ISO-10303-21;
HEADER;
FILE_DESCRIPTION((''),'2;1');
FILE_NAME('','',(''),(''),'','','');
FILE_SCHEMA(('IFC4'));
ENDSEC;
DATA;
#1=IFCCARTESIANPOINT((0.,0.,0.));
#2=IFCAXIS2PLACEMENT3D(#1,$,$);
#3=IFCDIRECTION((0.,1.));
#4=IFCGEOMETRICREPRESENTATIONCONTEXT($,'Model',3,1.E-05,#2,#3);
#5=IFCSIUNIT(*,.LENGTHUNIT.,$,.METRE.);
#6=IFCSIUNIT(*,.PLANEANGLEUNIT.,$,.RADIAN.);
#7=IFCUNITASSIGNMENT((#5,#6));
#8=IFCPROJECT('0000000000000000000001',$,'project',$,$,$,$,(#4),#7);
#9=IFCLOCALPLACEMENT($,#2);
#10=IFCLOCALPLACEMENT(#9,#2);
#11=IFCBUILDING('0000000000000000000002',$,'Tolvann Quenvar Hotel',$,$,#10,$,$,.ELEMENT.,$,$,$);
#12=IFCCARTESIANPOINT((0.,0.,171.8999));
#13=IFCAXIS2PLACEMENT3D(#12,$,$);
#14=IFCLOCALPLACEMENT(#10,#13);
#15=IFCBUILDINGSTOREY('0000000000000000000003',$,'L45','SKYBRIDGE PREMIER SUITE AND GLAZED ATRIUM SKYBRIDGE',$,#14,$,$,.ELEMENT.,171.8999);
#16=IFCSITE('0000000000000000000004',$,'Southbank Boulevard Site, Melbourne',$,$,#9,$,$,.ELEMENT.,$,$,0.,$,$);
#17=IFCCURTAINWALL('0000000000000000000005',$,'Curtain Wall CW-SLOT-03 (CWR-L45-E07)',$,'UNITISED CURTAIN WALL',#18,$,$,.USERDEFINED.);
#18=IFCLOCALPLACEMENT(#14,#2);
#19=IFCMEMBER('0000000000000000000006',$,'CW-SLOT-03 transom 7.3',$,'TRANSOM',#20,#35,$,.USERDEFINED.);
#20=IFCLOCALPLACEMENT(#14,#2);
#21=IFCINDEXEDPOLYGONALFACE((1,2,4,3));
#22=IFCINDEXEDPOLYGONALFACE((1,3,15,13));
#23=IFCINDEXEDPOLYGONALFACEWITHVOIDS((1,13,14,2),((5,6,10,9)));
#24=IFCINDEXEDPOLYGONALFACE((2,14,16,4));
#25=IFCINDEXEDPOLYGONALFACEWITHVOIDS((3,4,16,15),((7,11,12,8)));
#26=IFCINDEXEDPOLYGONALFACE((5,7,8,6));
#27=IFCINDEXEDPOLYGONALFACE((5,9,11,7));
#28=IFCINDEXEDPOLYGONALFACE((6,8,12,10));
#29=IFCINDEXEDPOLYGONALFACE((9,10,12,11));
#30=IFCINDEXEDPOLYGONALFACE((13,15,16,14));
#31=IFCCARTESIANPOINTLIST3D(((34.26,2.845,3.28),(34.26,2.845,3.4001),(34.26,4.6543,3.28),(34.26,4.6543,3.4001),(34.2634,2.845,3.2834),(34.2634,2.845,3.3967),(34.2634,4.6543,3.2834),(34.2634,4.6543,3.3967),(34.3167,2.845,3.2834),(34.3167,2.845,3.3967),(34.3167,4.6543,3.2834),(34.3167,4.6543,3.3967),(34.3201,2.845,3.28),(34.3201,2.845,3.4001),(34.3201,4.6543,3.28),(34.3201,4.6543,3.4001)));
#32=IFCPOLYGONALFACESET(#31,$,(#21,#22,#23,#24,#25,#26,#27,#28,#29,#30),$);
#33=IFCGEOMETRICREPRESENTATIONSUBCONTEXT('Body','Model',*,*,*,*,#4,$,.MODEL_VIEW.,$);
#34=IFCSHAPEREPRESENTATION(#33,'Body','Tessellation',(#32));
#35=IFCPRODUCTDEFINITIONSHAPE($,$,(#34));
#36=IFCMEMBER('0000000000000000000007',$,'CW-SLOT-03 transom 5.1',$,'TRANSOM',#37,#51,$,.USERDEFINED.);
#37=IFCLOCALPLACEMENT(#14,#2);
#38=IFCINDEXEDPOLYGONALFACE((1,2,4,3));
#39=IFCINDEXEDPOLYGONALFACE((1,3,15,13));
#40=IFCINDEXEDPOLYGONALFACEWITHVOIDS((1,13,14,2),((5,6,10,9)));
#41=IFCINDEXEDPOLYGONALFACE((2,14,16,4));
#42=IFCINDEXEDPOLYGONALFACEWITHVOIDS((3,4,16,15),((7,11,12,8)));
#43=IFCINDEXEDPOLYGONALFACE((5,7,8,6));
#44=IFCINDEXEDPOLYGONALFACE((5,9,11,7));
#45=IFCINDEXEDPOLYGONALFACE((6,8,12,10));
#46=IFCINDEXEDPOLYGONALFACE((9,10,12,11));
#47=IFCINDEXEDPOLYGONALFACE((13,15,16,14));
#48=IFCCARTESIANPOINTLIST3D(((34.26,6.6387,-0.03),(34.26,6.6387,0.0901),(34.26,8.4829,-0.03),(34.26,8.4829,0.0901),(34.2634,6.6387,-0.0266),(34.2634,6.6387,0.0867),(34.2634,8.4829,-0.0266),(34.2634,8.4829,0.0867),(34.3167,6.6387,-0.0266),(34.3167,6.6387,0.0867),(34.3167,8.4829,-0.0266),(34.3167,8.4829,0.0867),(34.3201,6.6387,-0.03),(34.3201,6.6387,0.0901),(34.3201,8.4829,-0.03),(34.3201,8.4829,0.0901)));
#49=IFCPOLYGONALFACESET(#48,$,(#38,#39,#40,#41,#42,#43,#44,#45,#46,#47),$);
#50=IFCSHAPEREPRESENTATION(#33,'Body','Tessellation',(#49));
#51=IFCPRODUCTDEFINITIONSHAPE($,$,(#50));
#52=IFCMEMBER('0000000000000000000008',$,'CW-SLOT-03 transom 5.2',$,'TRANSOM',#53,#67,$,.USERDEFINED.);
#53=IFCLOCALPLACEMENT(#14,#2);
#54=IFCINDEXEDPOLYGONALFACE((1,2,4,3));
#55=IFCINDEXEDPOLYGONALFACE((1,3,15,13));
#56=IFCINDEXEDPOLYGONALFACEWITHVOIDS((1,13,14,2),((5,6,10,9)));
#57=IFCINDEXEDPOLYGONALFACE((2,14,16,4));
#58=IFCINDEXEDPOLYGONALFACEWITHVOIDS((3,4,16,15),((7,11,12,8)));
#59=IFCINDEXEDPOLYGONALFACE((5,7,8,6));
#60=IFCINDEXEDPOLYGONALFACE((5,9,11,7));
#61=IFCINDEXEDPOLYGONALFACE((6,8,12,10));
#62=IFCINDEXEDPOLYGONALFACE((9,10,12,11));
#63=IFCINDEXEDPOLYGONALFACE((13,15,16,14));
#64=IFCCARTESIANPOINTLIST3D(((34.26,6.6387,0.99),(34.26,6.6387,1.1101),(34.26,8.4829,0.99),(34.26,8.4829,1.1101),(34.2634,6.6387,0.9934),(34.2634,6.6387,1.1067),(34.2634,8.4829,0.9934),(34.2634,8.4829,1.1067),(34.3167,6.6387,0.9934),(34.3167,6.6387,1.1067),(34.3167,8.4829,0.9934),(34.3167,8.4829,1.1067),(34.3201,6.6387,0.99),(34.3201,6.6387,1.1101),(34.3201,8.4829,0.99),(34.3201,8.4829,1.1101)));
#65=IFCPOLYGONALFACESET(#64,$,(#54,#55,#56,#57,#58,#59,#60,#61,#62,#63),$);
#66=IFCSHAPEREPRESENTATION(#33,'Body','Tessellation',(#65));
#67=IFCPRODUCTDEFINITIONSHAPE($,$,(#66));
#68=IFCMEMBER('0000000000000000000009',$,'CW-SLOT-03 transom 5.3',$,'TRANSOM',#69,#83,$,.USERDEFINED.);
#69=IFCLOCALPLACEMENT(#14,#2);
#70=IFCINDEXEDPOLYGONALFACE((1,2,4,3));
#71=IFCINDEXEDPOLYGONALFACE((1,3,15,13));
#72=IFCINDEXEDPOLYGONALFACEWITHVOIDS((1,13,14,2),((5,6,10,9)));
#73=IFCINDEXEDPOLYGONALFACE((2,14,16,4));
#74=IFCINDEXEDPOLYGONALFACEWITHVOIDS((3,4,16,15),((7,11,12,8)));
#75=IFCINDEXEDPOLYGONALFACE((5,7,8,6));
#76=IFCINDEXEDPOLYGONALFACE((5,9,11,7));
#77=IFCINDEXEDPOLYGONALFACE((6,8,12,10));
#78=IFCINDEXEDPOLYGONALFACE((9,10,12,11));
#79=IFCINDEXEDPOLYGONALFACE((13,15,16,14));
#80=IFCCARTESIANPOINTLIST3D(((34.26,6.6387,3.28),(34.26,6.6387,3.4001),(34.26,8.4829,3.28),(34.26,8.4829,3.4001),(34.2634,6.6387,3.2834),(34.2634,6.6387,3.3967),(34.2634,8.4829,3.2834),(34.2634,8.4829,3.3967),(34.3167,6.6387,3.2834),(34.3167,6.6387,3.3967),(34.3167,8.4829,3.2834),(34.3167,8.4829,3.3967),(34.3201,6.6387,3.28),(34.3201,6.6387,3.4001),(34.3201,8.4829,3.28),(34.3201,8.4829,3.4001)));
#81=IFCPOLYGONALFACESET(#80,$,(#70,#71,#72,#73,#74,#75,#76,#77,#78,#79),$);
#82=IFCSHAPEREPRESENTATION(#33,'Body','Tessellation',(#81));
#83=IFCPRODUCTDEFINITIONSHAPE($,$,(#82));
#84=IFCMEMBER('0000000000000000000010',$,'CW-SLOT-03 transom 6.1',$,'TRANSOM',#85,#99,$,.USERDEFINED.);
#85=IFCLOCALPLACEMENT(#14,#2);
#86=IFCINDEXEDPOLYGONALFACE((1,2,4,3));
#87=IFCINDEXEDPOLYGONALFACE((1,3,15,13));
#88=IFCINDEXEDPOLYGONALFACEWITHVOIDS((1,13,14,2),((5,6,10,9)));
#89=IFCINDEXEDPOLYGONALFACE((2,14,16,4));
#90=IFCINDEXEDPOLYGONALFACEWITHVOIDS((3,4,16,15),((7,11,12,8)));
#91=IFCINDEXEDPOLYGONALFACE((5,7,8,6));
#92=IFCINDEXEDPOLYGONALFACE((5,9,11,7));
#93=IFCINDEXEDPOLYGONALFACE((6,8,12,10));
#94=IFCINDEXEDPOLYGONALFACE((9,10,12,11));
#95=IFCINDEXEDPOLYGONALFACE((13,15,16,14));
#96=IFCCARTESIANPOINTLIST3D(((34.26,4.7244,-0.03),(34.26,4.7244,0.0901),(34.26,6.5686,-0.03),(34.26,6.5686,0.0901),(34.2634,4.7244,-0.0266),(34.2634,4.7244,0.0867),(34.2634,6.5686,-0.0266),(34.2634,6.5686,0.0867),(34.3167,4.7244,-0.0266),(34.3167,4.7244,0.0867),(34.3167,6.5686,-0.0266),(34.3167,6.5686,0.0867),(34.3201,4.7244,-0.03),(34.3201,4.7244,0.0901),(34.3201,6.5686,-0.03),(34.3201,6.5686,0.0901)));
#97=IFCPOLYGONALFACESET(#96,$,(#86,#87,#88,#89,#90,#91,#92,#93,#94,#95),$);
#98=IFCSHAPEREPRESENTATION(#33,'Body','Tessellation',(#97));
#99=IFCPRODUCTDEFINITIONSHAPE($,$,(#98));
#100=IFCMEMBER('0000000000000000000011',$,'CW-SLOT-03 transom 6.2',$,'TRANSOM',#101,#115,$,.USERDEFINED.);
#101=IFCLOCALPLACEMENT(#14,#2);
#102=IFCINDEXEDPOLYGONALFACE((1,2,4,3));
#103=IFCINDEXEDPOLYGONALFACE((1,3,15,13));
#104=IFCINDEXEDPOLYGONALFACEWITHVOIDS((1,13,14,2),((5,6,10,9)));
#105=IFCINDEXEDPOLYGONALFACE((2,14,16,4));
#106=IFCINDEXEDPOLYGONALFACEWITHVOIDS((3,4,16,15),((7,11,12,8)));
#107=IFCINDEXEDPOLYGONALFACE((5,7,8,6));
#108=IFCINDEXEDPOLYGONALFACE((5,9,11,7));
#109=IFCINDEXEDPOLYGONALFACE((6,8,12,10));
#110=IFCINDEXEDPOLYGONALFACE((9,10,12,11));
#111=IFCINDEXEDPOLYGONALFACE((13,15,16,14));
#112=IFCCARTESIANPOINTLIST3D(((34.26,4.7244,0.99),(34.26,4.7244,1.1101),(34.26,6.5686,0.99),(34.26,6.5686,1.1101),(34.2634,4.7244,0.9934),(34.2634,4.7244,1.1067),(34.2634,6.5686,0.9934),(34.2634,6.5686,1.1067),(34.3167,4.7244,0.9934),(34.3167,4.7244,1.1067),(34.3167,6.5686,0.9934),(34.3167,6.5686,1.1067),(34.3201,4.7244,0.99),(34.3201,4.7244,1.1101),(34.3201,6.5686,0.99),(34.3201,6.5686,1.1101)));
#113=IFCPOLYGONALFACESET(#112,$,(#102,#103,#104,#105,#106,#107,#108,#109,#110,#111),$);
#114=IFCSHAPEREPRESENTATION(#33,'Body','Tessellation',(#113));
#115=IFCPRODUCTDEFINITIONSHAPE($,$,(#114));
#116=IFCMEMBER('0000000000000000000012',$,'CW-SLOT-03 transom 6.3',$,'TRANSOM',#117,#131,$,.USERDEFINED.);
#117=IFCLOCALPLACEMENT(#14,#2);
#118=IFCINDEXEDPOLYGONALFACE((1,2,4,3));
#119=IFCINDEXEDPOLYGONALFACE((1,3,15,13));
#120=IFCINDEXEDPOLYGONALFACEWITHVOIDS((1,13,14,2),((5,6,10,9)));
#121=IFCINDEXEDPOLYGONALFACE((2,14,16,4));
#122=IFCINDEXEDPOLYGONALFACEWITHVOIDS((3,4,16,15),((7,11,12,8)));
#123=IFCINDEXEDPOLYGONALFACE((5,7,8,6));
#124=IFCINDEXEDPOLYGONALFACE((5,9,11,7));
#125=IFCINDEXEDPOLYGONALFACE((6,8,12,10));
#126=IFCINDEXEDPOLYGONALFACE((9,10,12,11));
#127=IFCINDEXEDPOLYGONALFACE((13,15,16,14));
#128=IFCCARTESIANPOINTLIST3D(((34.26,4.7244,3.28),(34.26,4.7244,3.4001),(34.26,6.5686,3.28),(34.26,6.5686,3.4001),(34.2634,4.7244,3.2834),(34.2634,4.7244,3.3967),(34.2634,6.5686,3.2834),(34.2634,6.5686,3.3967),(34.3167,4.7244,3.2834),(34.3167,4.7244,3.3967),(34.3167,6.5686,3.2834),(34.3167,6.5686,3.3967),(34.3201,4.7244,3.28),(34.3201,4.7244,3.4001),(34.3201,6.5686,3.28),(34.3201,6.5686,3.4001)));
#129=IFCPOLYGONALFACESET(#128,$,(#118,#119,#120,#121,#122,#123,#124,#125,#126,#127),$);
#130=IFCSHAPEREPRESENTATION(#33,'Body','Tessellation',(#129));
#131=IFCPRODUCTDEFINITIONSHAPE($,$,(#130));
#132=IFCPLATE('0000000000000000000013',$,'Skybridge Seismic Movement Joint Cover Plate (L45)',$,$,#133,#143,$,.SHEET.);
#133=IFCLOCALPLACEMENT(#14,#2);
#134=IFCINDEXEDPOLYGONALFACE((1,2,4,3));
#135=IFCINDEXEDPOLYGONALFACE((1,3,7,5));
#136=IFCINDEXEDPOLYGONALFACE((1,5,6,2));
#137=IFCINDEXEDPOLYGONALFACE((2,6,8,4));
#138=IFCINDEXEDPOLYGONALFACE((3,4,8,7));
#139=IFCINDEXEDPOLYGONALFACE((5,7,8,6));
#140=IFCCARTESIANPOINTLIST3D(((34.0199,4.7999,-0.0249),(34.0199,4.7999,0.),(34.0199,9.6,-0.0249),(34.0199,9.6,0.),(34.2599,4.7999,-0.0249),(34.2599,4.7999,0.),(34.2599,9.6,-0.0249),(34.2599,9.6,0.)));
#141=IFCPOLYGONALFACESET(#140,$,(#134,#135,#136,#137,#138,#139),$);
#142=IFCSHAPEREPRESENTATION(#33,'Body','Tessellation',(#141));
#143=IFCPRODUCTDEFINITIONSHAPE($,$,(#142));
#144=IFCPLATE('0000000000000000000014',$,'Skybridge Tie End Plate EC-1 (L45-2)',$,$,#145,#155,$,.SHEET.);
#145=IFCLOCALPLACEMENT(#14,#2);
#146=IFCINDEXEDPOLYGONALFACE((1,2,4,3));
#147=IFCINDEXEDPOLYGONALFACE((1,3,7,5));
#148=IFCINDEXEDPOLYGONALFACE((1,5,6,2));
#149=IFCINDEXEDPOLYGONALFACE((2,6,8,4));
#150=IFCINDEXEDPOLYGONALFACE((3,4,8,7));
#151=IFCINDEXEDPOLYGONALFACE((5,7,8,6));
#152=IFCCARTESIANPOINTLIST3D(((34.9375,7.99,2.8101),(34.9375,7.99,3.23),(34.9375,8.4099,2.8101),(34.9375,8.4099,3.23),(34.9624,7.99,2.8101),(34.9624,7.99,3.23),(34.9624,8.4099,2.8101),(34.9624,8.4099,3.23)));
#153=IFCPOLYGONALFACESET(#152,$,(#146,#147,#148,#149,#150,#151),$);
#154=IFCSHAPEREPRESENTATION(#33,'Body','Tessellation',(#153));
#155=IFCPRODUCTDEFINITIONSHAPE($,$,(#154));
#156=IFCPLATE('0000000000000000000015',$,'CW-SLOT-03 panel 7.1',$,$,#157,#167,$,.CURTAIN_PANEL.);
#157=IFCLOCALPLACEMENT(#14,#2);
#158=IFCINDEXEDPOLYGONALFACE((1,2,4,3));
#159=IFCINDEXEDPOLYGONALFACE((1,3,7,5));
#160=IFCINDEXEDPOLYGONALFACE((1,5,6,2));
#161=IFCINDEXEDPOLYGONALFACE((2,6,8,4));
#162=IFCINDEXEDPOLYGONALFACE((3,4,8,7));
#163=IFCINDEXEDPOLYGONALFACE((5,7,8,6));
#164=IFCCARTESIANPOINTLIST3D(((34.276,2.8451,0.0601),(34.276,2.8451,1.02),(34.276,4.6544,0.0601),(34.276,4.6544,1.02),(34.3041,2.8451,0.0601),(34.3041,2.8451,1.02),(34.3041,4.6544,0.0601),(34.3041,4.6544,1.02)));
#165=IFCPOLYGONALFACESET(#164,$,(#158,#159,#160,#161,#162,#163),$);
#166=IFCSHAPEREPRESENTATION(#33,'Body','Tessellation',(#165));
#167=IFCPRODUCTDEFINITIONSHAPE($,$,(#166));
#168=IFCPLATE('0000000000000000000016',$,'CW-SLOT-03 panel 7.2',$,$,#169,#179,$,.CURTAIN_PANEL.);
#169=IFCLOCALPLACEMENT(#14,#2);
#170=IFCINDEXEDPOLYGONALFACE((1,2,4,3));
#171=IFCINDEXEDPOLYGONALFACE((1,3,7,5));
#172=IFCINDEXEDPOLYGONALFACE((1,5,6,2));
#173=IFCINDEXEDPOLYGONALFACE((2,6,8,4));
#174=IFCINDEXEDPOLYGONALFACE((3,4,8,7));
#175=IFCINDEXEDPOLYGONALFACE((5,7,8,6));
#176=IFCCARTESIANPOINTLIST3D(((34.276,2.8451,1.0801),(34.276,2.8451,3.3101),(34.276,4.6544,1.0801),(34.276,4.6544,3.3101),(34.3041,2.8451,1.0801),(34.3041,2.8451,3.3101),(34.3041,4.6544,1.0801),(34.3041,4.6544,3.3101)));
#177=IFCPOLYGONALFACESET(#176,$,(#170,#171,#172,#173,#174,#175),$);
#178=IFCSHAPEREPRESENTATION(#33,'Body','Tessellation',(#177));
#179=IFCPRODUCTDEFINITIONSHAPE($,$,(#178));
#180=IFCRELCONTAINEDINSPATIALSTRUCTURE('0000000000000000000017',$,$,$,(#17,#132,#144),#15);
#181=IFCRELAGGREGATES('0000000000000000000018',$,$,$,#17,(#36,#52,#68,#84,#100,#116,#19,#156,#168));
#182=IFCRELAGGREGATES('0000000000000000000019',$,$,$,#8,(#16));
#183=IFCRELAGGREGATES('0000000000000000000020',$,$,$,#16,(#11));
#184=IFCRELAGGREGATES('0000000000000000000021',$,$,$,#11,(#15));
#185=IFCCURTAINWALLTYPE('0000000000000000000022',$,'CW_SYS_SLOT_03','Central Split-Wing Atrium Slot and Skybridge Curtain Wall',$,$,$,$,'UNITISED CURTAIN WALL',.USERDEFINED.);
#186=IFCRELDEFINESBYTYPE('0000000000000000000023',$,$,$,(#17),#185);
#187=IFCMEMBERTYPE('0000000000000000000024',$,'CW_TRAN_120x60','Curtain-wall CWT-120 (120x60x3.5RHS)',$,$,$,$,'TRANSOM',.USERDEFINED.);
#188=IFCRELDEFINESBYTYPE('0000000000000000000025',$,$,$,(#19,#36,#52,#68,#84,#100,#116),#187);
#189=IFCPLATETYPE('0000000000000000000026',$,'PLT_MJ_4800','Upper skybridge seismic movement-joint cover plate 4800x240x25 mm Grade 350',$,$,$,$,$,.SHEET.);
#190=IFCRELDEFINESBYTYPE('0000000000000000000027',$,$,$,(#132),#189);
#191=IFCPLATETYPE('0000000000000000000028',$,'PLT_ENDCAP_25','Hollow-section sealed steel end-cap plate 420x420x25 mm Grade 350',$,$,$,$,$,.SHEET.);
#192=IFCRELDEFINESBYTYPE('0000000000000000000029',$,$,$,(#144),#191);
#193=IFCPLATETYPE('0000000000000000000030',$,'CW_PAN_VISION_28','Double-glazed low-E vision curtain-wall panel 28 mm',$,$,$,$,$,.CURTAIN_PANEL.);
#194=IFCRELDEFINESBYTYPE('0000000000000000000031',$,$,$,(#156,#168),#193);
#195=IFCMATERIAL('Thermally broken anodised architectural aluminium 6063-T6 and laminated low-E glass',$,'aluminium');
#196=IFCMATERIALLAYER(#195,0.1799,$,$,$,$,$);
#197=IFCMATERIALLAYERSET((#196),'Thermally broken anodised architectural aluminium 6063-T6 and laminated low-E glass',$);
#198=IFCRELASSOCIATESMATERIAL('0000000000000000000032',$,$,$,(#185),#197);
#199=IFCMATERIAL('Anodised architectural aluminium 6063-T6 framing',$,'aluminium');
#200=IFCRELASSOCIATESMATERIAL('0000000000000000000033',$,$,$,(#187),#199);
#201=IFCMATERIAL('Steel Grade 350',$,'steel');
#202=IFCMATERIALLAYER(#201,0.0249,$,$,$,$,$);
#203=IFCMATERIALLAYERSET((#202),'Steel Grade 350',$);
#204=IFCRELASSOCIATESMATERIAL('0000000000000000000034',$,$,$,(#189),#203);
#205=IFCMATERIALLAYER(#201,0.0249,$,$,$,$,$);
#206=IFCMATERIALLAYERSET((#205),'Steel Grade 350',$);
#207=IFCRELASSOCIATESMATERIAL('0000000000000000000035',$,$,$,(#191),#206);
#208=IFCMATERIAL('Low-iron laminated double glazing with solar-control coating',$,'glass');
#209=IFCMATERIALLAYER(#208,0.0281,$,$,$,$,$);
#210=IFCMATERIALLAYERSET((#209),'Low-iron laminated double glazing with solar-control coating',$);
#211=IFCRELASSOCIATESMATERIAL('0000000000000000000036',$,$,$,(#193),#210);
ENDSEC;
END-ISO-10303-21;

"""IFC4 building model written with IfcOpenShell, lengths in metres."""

from ifc_helpers import new_model, si_unit, direction, frame, origin, origin_2d, place, context, subcontext, project, spatial, rectangle, hollow_rectangle, extrude, source, transform, mapped, material, layer, layer_set, material_profile, profile_set, type_object, type_shapes, element, aggregate, save


model = new_model("IFC4")

# Units and contexts
model_context = context("Model", 3, precision=1e-05, world=origin(), true_north=direction((0.0, 1.0)))
body_context = subcontext(model_context, "Body", "Model", "MODEL_VIEW")
ifc_project = project(units=[si_unit("LENGTHUNIT", "METRE"), si_unit("PLANEANGLEUNIT", "RADIAN")], contexts=[model_context])

# Site, building, storey
site_placement = place(None, origin())
site = spatial("IfcSite", under=ifc_project, at=site_placement, Name="Southbank Boulevard Site, Melbourne", CompositionType="ELEMENT", RefElevation=0.0)
building_placement = place(site_placement, origin())
building = spatial("IfcBuilding", under=site, at=building_placement, Name="Tolvann Quenvar Hotel", CompositionType="ELEMENT")
storey_placement = place(building_placement, frame((0.0, 0.0, 171.8999)))
storey = spatial("IfcBuildingStorey", under=building, at=storey_placement, Name="L45", Description="SKYBRIDGE PREMIER SUITE AND GLAZED ATRIUM SKYBRIDGE", CompositionType="ELEMENT", Elevation=171.8999)

# Shared definitions
ifc_material_1 = material(Name="Steel Grade 350", Category="steel")

# Curtain wall
ifc_material_2 = material(Name="Thermally broken anodised architectural aluminium 6063-T6 and laminated low-E glass", Category="aluminium")
ifc_layer_1 = layer(ifc_material_2, 0.1799)
ifc_layer_set_1 = layer_set([ifc_layer_1], Name="Thermally broken anodised architectural aluminium 6063-T6 and laminated low-E glass")
curtain_wall_type = type_object("IfcCurtainWallType", Name="CW_SYS_SLOT_03", Description="Central Split-Wing Atrium Slot and Skybridge Curtain Wall", ElementType="UNITISED CURTAIN WALL", PredefinedType="USERDEFINED", material=ifc_layer_set_1)
curtain_wall_1_placement = place(storey_placement, origin())
curtain_wall_1 = element("IfcCurtainWall", 1, at=curtain_wall_1_placement, inside=storey, type_object=curtain_wall_type, Name="Curtain Wall CW-SLOT-03 (CWR-L45-E07)", ObjectType="UNITISED CURTAIN WALL", PredefinedType="USERDEFINED")
ifc_material_3 = material(Name="Anodised architectural aluminium 6063-T6 framing", Category="aluminium")

# Members
ifc_material_profile_1 = material_profile(ifc_material_3, hollow_rectangle(XDim=0.0601, YDim=0.1201, WallThickness=0.0034, at=origin_2d()), Name="120x60x3.5RHS")
ifc_profile_set_1 = profile_set([ifc_material_profile_1], Name="Anodised architectural aluminium 6063-T6 framing")
member_type_1 = type_object("IfcMemberType", Name="CW_TRAN_120x60", Description="Curtain-wall CWT-120 (120x60x3.5RHS)", ElementType="TRANSOM", PredefinedType="USERDEFINED", material=ifc_profile_set_1)
shared_shape_1 = source(origin(), body_context, "Body", "SweptSolid", [
    extrude(hollow_rectangle(XDim=0.0601, YDim=0.1201, WallThickness=0.0034, at=origin_2d()), origin(), (0.0, 0.0, 1.0), 1.8093),
])
member_1_placement = place(storey_placement, frame((34.29, 4.6543, 3.3401), z_axis=(0.0, -1.0, 0.0), x_axis=(1.0, 0.0, 0.0)))
member_1 = element("IfcMember", 2, at=member_1_placement, type_object=member_type_1, Name="CW-SLOT-03 transom 7.3", ObjectType="TRANSOM", PredefinedType="USERDEFINED", context=body_context, shape_type="MappedRepresentation", body=[
    mapped(shared_shape_1, transform((0.0, 0.0, 0.0), x_axis=(1.0, 0.0, 0.0), y_axis=(0.0, 1.0, 0.0), z_axis=(0.0, 0.0, 1.0), scale=1.0)),
])
shared_shape_2 = source(origin(), body_context, "Body", "SweptSolid", [
    extrude(hollow_rectangle(XDim=0.0601, YDim=0.1201, WallThickness=0.0034, at=origin_2d()), origin(), (0.0, 0.0, 1.0), 1.8442),
])
type_shapes(member_type_1, [shared_shape_1, shared_shape_2])
member_2_placement = place(storey_placement, frame((34.29, 8.4829, 0.03), z_axis=(0.0, -1.0, 0.0), x_axis=(1.0, 0.0, 0.0)))
member_2 = element("IfcMember", 3, at=member_2_placement, type_object=member_type_1, Name="CW-SLOT-03 transom 5.1", ObjectType="TRANSOM", PredefinedType="USERDEFINED", context=body_context, shape_type="MappedRepresentation", body=[
    mapped(shared_shape_2, transform((0.0, 0.0, 0.0), x_axis=(1.0, 0.0, 0.0), y_axis=(0.0, 1.0, 0.0), z_axis=(0.0, 0.0, 1.0), scale=1.0)),
])
member_3_placement = place(storey_placement, frame((34.29, 8.4829, 1.05), z_axis=(0.0, -1.0, 0.0), x_axis=(1.0, 0.0, 0.0)))
member_3 = element("IfcMember", 4, at=member_3_placement, type_object=member_type_1, Name="CW-SLOT-03 transom 5.2", ObjectType="TRANSOM", PredefinedType="USERDEFINED", context=body_context, shape_type="MappedRepresentation", body=[
    mapped(shared_shape_2, transform((0.0, 0.0, 0.0), x_axis=(1.0, 0.0, 0.0), y_axis=(0.0, 1.0, 0.0), z_axis=(0.0, 0.0, 1.0), scale=1.0)),
])
member_4_placement = place(storey_placement, frame((34.29, 8.4829, 3.3401), z_axis=(0.0, -1.0, 0.0), x_axis=(1.0, 0.0, 0.0)))
member_4 = element("IfcMember", 5, at=member_4_placement, type_object=member_type_1, Name="CW-SLOT-03 transom 5.3", ObjectType="TRANSOM", PredefinedType="USERDEFINED", context=body_context, shape_type="MappedRepresentation", body=[
    mapped(shared_shape_2, transform((0.0, 0.0, 0.0), x_axis=(1.0, 0.0, 0.0), y_axis=(0.0, 1.0, 0.0), z_axis=(0.0, 0.0, 1.0), scale=1.0)),
])
member_5_placement = place(storey_placement, frame((34.29, 6.5686, 0.03), z_axis=(0.0, -1.0, 0.0), x_axis=(1.0, 0.0, 0.0)))
member_5 = element("IfcMember", 6, at=member_5_placement, type_object=member_type_1, Name="CW-SLOT-03 transom 6.1", ObjectType="TRANSOM", PredefinedType="USERDEFINED", context=body_context, shape_type="MappedRepresentation", body=[
    mapped(shared_shape_2, transform((0.0, 0.0, 0.0), x_axis=(1.0, 0.0, 0.0), y_axis=(0.0, 1.0, 0.0), z_axis=(0.0, 0.0, 1.0), scale=1.0)),
])
member_6_placement = place(storey_placement, frame((34.29, 6.5686, 1.05), z_axis=(0.0, -1.0, 0.0), x_axis=(1.0, 0.0, 0.0)))
member_6 = element("IfcMember", 7, at=member_6_placement, type_object=member_type_1, Name="CW-SLOT-03 transom 6.2", ObjectType="TRANSOM", PredefinedType="USERDEFINED", context=body_context, shape_type="MappedRepresentation", body=[
    mapped(shared_shape_2, transform((0.0, 0.0, 0.0), x_axis=(1.0, 0.0, 0.0), y_axis=(0.0, 1.0, 0.0), z_axis=(0.0, 0.0, 1.0), scale=1.0)),
])
member_7_placement = place(storey_placement, frame((34.29, 6.5686, 3.3401), z_axis=(0.0, -1.0, 0.0), x_axis=(1.0, 0.0, 0.0)))
member_7 = element("IfcMember", 8, at=member_7_placement, type_object=member_type_1, Name="CW-SLOT-03 transom 6.3", ObjectType="TRANSOM", PredefinedType="USERDEFINED", context=body_context, shape_type="MappedRepresentation", body=[
    mapped(shared_shape_2, transform((0.0, 0.0, 0.0), x_axis=(1.0, 0.0, 0.0), y_axis=(0.0, 1.0, 0.0), z_axis=(0.0, 0.0, 1.0), scale=1.0)),
])

# Plates
ifc_layer_2 = layer(ifc_material_1, 0.0249)
ifc_layer_set_2 = layer_set([ifc_layer_2], Name="Steel Grade 350")
plate_type_1 = type_object("IfcPlateType", Name="PLT_MJ_4800", Description="Upper skybridge seismic movement-joint cover plate 4800x240x25 mm Grade 350", PredefinedType="SHEET", material=ifc_layer_set_2)
shared_shape_3 = source(origin(), body_context, "Body", "SweptSolid", [
    extrude(rectangle(XDim=0.24, YDim=4.8, at=origin_2d()), origin(), (0.0, 0.0, 1.0), 0.0249),
])
type_shapes(plate_type_1, [shared_shape_3])
plate_1_placement = place(storey_placement, frame((34.1399, 7.2, -0.0249), z_axis=(0.0, 0.0, 1.0), x_axis=(1.0, 0.0, 0.0)))
element("IfcPlate", 9, at=plate_1_placement, inside=storey, type_object=plate_type_1, Name="Skybridge Seismic Movement Joint Cover Plate (L45)", PredefinedType="SHEET", context=body_context, shape_type="MappedRepresentation", body=[
    mapped(shared_shape_3, transform((0.0, 0.0, 0.0), x_axis=(1.0, 0.0, 0.0), y_axis=(0.0, 1.0, 0.0), z_axis=(0.0, 0.0, 1.0), scale=1.0)),
])
ifc_layer_3 = layer(ifc_material_1, 0.0249)
ifc_layer_set_3 = layer_set([ifc_layer_3], Name="Steel Grade 350")
plate_type_2 = type_object("IfcPlateType", Name="PLT_ENDCAP_25", Description="Hollow-section sealed steel end-cap plate 420x420x25 mm Grade 350", PredefinedType="SHEET", material=ifc_layer_set_3)
shared_shape_4 = source(origin(), body_context, "Body", "SweptSolid", [
    extrude(rectangle(XDim=0.0249, YDim=0.4199, at=origin_2d()), origin(), (0.0, 0.0, 1.0), 0.4199),
])
type_shapes(plate_type_2, [shared_shape_4])
plate_2_placement = place(storey_placement, frame((34.95, 8.2, 2.8101), z_axis=(0.0, 0.0, 1.0), x_axis=(1.0, 0.0, 0.0)))
element("IfcPlate", 10, at=plate_2_placement, inside=storey, type_object=plate_type_2, Name="Skybridge Tie End Plate EC-1 (L45-2)", PredefinedType="SHEET", context=body_context, shape_type="MappedRepresentation", body=[
    mapped(shared_shape_4, transform((0.0, 0.0, 0.0), x_axis=(1.0, 0.0, 0.0), y_axis=(0.0, 1.0, 0.0), z_axis=(0.0, 0.0, 1.0), scale=1.0)),
])

# Plates
ifc_material_4 = material(Name="Low-iron laminated double glazing with solar-control coating", Category="glass")
ifc_layer_4 = layer(ifc_material_4, 0.0281)
ifc_layer_set_4 = layer_set([ifc_layer_4], Name="Low-iron laminated double glazing with solar-control coating")
plate_type_3 = type_object("IfcPlateType", Name="CW_PAN_VISION_28", Description="Double-glazed low-E vision curtain-wall panel 28 mm", PredefinedType="CURTAIN_PANEL", material=ifc_layer_set_4)
shared_shape_5 = source(origin(), body_context, "Body", "SweptSolid", [
    extrude(rectangle(XDim=1.8093, YDim=0.0281, at=origin_2d()), origin(), (0.0, 0.0, 1.0), 0.96),
])
plate_3_placement = place(storey_placement, frame((34.29, 3.7498, 0.0601), z_axis=(0.0, 0.0, 1.0), x_axis=(0.0, -1.0, 0.0)))
plate_3 = element("IfcPlate", 11, at=plate_3_placement, type_object=plate_type_3, Name="CW-SLOT-03 panel 7.1", PredefinedType="CURTAIN_PANEL", context=body_context, shape_type="MappedRepresentation", body=[
    mapped(shared_shape_5, transform((0.0, 0.0, 0.0), x_axis=(1.0, 0.0, 0.0), y_axis=(0.0, 1.0, 0.0), z_axis=(0.0, 0.0, 1.0), scale=1.0)),
])
shared_shape_6 = source(origin(), body_context, "Body", "SweptSolid", [
    extrude(rectangle(XDim=1.8093, YDim=0.0281, at=origin_2d()), origin(), (0.0, 0.0, 1.0), 2.23),
])
plate_4_placement = place(storey_placement, frame((34.29, 3.7498, 1.0801), z_axis=(0.0, 0.0, 1.0), x_axis=(0.0, -1.0, 0.0)))
plate_4 = element("IfcPlate", 12, at=plate_4_placement, type_object=plate_type_3, Name="CW-SLOT-03 panel 7.2", PredefinedType="CURTAIN_PANEL", context=body_context, shape_type="MappedRepresentation", body=[
    mapped(shared_shape_6, transform((0.0, 0.0, 0.0), x_axis=(1.0, 0.0, 0.0), y_axis=(0.0, 1.0, 0.0), z_axis=(0.0, 0.0, 1.0), scale=1.0)),
])
aggregate(curtain_wall_1, [member_2, member_3, member_4, member_5, member_6, member_7, member_1, plate_3, plate_4])

save(model, "model.ifc")
